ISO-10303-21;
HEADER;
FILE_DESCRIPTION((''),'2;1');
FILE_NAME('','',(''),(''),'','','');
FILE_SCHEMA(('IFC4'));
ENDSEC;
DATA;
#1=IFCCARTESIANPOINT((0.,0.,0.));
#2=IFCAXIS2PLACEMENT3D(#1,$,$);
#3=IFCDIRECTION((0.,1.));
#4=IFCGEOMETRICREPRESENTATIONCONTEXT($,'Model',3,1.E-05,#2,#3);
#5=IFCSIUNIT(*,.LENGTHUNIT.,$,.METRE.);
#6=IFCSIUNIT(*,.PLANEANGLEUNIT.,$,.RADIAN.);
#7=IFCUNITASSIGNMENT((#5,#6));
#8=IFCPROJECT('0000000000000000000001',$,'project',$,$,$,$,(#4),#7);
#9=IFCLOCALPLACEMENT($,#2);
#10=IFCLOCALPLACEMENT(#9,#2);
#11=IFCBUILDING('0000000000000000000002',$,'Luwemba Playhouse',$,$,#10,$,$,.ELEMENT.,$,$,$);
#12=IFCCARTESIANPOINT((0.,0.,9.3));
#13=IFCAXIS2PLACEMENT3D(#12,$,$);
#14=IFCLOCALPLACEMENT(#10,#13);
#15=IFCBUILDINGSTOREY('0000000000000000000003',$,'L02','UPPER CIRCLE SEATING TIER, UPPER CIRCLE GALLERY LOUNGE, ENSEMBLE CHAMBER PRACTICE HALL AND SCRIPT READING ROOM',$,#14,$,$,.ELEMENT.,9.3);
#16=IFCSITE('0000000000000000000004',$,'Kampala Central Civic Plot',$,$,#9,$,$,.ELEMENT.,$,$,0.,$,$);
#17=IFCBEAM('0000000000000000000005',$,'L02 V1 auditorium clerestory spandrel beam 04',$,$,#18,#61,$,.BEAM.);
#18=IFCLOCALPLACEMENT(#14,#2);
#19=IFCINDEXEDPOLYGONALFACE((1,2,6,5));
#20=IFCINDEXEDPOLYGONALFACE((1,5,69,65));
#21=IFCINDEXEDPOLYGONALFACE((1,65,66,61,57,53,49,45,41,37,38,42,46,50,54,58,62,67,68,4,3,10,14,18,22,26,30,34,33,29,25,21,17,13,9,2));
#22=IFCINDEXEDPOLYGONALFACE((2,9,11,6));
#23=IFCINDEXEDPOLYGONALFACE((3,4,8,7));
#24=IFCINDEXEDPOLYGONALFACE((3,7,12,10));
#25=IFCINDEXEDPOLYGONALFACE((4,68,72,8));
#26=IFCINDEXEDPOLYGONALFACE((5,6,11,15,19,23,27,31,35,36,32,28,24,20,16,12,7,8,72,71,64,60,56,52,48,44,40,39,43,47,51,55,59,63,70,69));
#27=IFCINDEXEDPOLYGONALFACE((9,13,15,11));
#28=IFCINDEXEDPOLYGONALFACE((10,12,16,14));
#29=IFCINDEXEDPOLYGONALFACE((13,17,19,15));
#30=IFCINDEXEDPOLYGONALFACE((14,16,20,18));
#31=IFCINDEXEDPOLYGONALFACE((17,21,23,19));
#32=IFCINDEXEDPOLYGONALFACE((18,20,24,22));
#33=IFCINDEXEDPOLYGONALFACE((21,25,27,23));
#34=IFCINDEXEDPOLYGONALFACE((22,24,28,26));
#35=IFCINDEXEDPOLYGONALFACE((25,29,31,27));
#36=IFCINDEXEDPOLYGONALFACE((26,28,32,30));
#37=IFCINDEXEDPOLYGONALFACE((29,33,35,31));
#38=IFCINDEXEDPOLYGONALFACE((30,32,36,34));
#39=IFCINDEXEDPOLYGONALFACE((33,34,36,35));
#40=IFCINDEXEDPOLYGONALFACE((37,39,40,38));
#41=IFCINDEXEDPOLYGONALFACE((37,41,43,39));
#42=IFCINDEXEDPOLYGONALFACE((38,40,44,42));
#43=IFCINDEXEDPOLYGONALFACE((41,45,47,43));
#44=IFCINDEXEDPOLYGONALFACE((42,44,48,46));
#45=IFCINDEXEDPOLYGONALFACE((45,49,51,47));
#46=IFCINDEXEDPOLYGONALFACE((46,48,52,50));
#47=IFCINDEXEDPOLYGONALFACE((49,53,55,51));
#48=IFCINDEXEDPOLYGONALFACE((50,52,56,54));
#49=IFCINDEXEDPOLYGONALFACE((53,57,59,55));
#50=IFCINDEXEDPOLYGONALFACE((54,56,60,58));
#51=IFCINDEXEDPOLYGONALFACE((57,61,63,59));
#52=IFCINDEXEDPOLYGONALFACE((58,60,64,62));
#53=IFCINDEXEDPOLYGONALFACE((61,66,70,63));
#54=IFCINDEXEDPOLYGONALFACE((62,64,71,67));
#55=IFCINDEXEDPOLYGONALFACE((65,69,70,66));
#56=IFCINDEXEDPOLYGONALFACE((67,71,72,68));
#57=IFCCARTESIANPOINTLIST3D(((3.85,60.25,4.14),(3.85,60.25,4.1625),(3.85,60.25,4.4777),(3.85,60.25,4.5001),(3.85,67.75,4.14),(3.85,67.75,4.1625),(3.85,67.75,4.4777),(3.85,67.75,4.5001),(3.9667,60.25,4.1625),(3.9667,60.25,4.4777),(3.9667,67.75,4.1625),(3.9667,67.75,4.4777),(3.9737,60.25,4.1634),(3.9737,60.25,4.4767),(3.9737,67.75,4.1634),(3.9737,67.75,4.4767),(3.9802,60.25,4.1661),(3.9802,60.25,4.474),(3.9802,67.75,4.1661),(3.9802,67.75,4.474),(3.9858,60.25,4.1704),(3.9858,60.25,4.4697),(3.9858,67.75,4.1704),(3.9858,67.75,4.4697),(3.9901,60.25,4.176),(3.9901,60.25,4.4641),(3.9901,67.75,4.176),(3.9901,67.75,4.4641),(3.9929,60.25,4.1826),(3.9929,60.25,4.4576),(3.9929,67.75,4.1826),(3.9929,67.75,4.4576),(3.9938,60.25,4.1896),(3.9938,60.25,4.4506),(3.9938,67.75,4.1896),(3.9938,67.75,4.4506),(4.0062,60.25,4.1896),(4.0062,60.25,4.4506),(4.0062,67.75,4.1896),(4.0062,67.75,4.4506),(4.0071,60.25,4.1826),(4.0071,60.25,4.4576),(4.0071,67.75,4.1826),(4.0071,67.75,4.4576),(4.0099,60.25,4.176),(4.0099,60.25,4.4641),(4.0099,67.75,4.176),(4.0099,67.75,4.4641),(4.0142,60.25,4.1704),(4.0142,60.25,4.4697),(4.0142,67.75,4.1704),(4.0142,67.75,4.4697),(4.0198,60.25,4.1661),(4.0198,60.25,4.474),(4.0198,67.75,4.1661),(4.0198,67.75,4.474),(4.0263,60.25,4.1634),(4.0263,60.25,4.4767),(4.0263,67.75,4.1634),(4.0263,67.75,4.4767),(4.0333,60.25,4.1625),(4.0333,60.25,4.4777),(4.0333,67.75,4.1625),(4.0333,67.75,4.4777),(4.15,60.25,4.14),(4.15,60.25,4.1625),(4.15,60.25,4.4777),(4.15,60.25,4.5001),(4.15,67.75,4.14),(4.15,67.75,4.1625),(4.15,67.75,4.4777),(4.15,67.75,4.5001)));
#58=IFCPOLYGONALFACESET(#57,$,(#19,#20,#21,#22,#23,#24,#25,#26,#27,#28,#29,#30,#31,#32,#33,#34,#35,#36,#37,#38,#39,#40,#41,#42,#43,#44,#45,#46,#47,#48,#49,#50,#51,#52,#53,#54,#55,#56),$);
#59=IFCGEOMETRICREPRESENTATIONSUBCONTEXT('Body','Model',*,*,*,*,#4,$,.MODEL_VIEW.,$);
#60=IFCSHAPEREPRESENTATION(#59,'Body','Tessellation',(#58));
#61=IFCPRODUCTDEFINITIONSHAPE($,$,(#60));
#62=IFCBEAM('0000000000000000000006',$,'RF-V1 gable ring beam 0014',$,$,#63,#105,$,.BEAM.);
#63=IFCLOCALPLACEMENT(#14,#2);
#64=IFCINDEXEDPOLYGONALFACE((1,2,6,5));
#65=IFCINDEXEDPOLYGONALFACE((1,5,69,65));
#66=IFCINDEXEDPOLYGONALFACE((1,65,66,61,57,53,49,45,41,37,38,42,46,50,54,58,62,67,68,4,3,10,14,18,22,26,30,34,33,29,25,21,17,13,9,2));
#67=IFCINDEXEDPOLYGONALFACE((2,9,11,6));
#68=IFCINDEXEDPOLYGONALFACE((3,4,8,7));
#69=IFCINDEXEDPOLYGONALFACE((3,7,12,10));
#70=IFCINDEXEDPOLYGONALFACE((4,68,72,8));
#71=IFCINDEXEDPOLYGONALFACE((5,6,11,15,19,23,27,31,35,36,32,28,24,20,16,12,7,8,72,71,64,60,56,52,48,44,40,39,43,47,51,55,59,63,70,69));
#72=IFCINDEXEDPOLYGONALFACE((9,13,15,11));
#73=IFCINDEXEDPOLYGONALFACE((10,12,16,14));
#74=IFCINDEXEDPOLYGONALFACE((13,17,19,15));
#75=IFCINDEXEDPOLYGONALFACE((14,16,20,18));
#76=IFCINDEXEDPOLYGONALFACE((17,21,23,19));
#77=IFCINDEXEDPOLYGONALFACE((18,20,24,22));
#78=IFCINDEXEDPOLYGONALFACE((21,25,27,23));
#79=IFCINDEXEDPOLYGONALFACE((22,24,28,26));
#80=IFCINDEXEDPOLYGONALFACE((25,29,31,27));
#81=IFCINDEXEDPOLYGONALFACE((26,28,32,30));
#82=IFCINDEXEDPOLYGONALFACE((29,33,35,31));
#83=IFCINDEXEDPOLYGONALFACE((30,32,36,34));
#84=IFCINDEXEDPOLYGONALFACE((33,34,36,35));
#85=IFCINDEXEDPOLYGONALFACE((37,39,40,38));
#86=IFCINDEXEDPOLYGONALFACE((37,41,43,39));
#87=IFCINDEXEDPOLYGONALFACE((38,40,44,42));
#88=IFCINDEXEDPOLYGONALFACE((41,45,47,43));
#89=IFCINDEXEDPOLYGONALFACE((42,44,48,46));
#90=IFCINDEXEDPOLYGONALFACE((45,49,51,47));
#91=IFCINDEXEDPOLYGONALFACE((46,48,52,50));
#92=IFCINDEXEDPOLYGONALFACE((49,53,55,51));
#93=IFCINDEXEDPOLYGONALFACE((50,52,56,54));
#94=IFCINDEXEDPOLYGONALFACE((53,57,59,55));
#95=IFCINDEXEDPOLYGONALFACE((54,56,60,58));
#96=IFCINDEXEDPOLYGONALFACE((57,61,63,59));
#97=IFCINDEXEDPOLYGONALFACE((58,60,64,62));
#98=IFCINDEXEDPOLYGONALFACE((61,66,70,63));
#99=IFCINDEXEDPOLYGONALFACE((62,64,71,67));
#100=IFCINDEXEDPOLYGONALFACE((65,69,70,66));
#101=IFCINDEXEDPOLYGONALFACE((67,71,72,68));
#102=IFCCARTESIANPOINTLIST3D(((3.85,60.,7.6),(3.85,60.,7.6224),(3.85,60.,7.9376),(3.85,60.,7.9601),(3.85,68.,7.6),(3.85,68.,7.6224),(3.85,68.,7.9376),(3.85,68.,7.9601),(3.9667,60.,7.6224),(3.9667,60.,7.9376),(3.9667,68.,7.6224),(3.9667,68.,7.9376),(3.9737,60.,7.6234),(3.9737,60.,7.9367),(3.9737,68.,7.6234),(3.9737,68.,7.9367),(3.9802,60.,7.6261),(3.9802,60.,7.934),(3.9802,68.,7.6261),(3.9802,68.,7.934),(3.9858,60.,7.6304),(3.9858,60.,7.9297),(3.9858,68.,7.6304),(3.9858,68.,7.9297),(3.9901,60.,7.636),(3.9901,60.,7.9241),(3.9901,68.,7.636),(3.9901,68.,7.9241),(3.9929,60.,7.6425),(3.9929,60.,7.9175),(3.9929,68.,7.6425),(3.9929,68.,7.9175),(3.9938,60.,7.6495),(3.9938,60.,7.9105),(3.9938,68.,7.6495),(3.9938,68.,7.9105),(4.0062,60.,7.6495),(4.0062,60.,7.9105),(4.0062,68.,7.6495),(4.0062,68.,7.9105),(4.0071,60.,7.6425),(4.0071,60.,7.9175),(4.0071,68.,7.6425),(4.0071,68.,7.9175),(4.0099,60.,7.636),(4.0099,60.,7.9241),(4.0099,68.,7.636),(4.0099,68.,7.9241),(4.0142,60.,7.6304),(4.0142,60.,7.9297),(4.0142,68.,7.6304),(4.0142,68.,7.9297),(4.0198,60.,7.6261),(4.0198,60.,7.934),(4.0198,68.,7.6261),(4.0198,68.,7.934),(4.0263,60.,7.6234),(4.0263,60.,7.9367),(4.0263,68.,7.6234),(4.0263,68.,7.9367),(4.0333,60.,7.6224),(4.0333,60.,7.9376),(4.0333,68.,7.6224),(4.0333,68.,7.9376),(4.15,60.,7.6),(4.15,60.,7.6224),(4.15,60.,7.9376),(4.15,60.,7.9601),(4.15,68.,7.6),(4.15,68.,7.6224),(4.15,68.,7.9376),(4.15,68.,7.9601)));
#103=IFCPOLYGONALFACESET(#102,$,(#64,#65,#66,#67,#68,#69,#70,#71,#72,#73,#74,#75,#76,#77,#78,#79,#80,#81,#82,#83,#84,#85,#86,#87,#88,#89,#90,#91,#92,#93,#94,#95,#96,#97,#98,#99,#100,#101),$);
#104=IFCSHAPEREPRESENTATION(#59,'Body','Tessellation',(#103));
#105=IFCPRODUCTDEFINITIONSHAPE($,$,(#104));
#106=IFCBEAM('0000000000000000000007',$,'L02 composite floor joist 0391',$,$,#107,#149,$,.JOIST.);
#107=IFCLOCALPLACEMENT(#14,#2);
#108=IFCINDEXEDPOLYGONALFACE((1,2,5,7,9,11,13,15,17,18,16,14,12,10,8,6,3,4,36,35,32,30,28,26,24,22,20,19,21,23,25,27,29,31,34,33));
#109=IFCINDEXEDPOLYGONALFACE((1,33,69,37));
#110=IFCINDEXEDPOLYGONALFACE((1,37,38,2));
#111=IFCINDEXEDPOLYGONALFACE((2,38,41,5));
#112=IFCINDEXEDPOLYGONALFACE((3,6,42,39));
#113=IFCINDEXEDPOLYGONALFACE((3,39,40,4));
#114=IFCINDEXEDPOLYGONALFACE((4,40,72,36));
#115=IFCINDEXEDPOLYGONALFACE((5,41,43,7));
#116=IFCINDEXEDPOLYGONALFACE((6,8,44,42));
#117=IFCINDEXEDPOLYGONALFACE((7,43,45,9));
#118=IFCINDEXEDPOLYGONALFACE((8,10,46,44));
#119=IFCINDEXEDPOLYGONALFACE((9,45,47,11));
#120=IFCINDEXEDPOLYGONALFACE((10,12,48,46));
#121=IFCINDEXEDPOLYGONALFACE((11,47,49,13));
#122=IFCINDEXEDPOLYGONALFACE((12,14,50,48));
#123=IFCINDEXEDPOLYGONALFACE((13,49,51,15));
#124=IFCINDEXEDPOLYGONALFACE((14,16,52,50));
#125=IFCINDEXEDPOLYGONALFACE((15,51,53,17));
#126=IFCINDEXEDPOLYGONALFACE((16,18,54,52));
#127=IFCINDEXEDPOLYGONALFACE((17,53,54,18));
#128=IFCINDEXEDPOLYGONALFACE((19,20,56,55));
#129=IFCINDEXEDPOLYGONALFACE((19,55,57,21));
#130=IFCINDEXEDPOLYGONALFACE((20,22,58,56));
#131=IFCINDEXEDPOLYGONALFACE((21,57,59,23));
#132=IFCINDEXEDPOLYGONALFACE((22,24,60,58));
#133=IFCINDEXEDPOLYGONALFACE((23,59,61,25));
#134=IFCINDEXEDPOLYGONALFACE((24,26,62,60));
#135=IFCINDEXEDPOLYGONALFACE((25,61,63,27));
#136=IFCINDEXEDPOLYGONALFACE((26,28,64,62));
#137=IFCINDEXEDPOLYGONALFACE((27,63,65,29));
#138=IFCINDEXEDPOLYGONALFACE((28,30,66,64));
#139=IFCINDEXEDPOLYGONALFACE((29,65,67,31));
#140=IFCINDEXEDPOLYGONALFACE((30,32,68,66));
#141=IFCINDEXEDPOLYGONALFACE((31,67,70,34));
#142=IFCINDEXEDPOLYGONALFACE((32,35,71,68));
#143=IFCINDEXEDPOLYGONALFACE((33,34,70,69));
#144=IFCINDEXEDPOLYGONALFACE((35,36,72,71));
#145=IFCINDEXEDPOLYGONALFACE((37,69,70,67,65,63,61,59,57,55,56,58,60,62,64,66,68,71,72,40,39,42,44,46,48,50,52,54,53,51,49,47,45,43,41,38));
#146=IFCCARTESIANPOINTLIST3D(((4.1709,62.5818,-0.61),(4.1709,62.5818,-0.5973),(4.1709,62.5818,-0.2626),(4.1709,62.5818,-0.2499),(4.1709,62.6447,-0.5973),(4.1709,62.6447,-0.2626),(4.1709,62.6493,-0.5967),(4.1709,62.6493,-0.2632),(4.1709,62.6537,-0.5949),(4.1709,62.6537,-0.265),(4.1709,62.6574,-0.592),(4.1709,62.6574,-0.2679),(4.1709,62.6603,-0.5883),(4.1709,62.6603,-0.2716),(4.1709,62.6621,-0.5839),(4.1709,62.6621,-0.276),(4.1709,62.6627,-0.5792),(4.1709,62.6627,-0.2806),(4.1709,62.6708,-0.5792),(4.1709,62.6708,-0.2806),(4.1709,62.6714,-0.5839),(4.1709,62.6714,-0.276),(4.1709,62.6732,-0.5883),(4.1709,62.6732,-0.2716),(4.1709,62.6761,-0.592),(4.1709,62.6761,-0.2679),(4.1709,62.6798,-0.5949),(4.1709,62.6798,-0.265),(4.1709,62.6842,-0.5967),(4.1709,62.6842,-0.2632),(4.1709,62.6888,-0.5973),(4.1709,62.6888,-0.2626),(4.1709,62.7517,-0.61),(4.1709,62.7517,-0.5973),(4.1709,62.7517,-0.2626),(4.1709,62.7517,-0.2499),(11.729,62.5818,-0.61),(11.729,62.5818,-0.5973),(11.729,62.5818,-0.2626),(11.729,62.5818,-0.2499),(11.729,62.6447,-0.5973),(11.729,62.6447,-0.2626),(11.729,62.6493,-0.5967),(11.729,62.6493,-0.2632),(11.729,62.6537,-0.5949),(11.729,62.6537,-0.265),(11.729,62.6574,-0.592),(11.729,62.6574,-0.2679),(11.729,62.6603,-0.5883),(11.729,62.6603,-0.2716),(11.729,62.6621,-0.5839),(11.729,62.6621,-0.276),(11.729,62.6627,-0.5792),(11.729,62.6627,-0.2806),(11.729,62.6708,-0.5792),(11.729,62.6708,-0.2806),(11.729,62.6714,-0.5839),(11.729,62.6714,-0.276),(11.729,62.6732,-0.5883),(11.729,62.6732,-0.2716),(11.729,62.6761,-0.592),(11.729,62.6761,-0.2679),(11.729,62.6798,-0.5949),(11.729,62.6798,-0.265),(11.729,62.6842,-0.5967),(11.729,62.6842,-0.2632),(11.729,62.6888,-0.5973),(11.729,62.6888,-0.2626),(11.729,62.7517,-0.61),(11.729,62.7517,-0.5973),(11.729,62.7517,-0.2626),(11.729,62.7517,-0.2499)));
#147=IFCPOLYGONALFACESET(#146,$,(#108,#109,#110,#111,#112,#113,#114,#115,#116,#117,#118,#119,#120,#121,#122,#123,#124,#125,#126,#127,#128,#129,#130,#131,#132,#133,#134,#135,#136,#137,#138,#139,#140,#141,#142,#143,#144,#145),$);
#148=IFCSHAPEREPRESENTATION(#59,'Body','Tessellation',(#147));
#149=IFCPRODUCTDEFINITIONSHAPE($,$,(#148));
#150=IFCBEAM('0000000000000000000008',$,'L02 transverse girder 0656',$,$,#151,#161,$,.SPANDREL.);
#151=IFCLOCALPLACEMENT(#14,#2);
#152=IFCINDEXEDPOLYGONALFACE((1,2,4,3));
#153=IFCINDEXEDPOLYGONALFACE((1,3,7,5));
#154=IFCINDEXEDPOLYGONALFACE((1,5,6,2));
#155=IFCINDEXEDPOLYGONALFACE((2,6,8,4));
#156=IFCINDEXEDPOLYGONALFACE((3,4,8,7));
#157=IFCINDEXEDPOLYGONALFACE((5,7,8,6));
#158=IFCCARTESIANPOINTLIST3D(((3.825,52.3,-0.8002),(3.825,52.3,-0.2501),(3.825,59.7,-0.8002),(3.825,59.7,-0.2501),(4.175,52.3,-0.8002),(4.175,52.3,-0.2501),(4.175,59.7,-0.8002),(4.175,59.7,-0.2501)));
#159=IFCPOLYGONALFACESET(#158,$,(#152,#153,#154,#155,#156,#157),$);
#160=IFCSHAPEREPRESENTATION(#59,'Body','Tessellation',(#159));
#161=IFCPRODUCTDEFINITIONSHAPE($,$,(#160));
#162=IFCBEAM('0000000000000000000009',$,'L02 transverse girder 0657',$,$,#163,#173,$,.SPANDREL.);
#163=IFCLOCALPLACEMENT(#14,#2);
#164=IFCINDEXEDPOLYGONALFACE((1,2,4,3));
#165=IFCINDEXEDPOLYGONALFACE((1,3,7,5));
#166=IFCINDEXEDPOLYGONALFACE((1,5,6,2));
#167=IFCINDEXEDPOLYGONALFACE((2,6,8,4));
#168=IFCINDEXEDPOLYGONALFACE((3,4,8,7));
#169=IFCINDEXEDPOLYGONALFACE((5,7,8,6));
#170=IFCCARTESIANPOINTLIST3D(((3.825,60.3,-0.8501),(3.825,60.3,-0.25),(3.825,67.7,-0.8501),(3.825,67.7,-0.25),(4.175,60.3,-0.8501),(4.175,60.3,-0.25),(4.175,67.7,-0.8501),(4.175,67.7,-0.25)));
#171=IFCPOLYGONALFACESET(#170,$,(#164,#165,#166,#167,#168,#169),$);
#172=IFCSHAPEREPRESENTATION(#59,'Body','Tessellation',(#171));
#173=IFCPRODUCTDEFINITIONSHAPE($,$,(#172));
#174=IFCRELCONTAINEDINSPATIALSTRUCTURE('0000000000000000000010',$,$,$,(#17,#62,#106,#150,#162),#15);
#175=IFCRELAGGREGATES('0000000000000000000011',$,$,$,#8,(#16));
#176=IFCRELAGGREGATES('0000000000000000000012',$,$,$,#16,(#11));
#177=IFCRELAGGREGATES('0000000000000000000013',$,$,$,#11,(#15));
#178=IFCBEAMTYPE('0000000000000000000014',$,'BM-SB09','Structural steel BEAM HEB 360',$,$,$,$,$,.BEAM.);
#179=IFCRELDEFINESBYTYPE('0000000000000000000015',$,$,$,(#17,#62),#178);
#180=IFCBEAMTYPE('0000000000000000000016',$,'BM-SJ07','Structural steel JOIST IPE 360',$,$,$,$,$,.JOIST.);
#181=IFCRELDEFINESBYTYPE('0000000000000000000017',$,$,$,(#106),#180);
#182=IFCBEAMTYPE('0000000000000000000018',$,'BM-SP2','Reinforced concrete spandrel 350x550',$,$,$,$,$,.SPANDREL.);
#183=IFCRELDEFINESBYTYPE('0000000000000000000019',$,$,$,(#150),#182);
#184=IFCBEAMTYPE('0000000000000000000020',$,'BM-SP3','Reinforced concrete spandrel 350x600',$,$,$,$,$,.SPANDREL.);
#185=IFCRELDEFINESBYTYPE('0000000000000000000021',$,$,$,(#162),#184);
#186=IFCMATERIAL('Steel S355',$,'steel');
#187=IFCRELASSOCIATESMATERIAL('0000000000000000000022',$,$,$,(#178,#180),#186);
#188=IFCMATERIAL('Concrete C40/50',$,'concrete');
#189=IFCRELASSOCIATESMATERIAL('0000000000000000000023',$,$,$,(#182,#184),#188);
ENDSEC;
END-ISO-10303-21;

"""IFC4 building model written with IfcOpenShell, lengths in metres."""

from ifc_helpers import new_model, si_unit, direction, frame, origin, origin_2d, place, context, subcontext, project, spatial, rectangle, i_section, extrude, material, material_profile, profile_set, type_object, element, save


model = new_model("IFC4")

# Units and contexts
model_context = context("Model", 3, precision=1e-05, world=origin(), true_north=direction((0.0, 1.0)))
body_context = subcontext(model_context, "Body", "Model", "MODEL_VIEW")
ifc_project = project(units=[si_unit("LENGTHUNIT", "METRE"), si_unit("PLANEANGLEUNIT", "RADIAN")], contexts=[model_context])

# Site, building, storey
site_placement = place(None, origin())
site = spatial("IfcSite", under=ifc_project, at=site_placement, Name="Kampala Central Civic Plot", CompositionType="ELEMENT", RefElevation=0.0)
building_placement = place(site_placement, origin())
building = spatial("IfcBuilding", under=site, at=building_placement, Name="Luwemba Playhouse", CompositionType="ELEMENT")
storey_placement = place(building_placement, frame((0.0, 0.0, 9.3)))
storey = spatial("IfcBuildingStorey", under=building, at=storey_placement, Name="L02", Description="UPPER CIRCLE SEATING TIER, UPPER CIRCLE GALLERY LOUNGE, ENSEMBLE CHAMBER PRACTICE HALL AND SCRIPT READING ROOM", CompositionType="ELEMENT", Elevation=9.3)

# Shared definitions
ifc_material_1 = material(Name="Concrete C40/50", Category="concrete")
ifc_material_2 = material(Name="Steel S355", Category="steel")

# Beams
ifc_material_profile_1 = material_profile(ifc_material_2, i_section(OverallWidth=0.3, OverallDepth=0.3601, WebThickness=0.0125, FlangeThickness=0.0225, FilletRadius=0.0271, at=origin_2d()))
ifc_profile_set_1 = profile_set([ifc_material_profile_1], Name="Steel S355")
beam_type_1 = type_object("IfcBeamType", Name="BM-SB09", Description="Structural steel BEAM HEB 360", PredefinedType="BEAM", material=ifc_profile_set_1)
for number, where, z_axis, x_axis, name in (
    (1, (4.0, 60.25, 4.3201), (0.0, 1.0, 0.0), (-1.0, 0.0, 0.0), "L02 V1 auditorium clerestory spandrel beam 04"),
):
    element("IfcBeam", number, at=place(storey_placement, frame(where, z_axis=z_axis, x_axis=x_axis)), inside=storey, type_object=beam_type_1, Name=name, PredefinedType="BEAM", context=body_context, shape_type="SweptSolid", body=[
        extrude(i_section(OverallWidth=0.3, OverallDepth=0.3601, WebThickness=0.0125, FlangeThickness=0.0225, FilletRadius=0.0271, at=origin_2d()), origin(), (0.0, 0.0, 1.0), 7.5),
    ])
beam_1_placement = place(storey_placement, frame((4.0, 60.0, 7.78), z_axis=(0.0, 1.0, 0.0), x_axis=(-1.0, 0.0, 0.0)))
element("IfcBeam", 2, at=beam_1_placement, inside=storey, type_object=beam_type_1, Name="RF-V1 gable ring beam 0014", PredefinedType="BEAM", context=body_context, shape_type="SweptSolid", body=[
    extrude(i_section(OverallWidth=0.3, OverallDepth=0.3601, WebThickness=0.0125, FlangeThickness=0.0225, FilletRadius=0.0271, at=origin_2d()), origin(), (0.0, 0.0, 1.0), 8.0),
])
ifc_material_profile_2 = material_profile(ifc_material_2, i_section(OverallWidth=0.1699, OverallDepth=0.3601, WebThickness=0.0081, FlangeThickness=0.0127, FilletRadius=0.0181, at=origin_2d()))
ifc_profile_set_2 = profile_set([ifc_material_profile_2], Name="Steel S355")
beam_type_2 = type_object("IfcBeamType", Name="BM-SJ07", Description="Structural steel JOIST IPE 360", PredefinedType="JOIST", material=ifc_profile_set_2)
beam_2_placement = place(storey_placement, frame((4.1709, 62.6667, -0.4299), z_axis=(1.0, 0.0, 0.0), x_axis=(0.0, 1.0, 0.0)))
element("IfcBeam", 3, at=beam_2_placement, inside=storey, type_object=beam_type_2, Name="L02 composite floor joist 0391", PredefinedType="JOIST", context=body_context, shape_type="SweptSolid", body=[
    extrude(i_section(OverallWidth=0.1699, OverallDepth=0.3601, WebThickness=0.0081, FlangeThickness=0.0127, FilletRadius=0.0181, at=origin_2d()), origin(), (0.0, 0.0, 1.0), 7.5581),
])
ifc_material_profile_3 = material_profile(ifc_material_1, rectangle(XDim=0.3501, YDim=0.55, at=origin_2d()))
ifc_profile_set_3 = profile_set([ifc_material_profile_3], Name="Concrete C40/50")
beam_type_3 = type_object("IfcBeamType", Name="BM-SP2", Description="Reinforced concrete spandrel 350x550", PredefinedType="SPANDREL", material=ifc_profile_set_3)
beam_3_placement = place(storey_placement, frame((4.0, 52.3, -0.5251), z_axis=(0.0, 1.0, 0.0), x_axis=(-1.0, 0.0, 0.0)))
element("IfcBeam", 4, at=beam_3_placement, inside=storey, type_object=beam_type_3, Name="L02 transverse girder 0656", PredefinedType="SPANDREL", context=body_context, shape_type="SweptSolid", body=[
    extrude(rectangle(XDim=0.3501, YDim=0.55, at=origin_2d()), origin(), (0.0, 0.0, 1.0), 7.3999),
])
ifc_material_profile_4 = material_profile(ifc_material_1, rectangle(XDim=0.3501, YDim=0.6001, at=origin_2d()))
ifc_profile_set_4 = profile_set([ifc_material_profile_4], Name="Concrete C40/50")
beam_type_4 = type_object("IfcBeamType", Name="BM-SP3", Description="Reinforced concrete spandrel 350x600", PredefinedType="SPANDREL", material=ifc_profile_set_4)
beam_4_placement = place(storey_placement, frame((4.0, 60.3, -0.55), z_axis=(0.0, 1.0, 0.0), x_axis=(-1.0, 0.0, 0.0)))
element("IfcBeam", 5, at=beam_4_placement, inside=storey, type_object=beam_type_4, Name="L02 transverse girder 0657", PredefinedType="SPANDREL", context=body_context, shape_type="SweptSolid", body=[
    extrude(rectangle(XDim=0.3501, YDim=0.6001, at=origin_2d()), origin(), (0.0, 0.0, 1.0), 7.3999),
])

save(model, "model.ifc")
